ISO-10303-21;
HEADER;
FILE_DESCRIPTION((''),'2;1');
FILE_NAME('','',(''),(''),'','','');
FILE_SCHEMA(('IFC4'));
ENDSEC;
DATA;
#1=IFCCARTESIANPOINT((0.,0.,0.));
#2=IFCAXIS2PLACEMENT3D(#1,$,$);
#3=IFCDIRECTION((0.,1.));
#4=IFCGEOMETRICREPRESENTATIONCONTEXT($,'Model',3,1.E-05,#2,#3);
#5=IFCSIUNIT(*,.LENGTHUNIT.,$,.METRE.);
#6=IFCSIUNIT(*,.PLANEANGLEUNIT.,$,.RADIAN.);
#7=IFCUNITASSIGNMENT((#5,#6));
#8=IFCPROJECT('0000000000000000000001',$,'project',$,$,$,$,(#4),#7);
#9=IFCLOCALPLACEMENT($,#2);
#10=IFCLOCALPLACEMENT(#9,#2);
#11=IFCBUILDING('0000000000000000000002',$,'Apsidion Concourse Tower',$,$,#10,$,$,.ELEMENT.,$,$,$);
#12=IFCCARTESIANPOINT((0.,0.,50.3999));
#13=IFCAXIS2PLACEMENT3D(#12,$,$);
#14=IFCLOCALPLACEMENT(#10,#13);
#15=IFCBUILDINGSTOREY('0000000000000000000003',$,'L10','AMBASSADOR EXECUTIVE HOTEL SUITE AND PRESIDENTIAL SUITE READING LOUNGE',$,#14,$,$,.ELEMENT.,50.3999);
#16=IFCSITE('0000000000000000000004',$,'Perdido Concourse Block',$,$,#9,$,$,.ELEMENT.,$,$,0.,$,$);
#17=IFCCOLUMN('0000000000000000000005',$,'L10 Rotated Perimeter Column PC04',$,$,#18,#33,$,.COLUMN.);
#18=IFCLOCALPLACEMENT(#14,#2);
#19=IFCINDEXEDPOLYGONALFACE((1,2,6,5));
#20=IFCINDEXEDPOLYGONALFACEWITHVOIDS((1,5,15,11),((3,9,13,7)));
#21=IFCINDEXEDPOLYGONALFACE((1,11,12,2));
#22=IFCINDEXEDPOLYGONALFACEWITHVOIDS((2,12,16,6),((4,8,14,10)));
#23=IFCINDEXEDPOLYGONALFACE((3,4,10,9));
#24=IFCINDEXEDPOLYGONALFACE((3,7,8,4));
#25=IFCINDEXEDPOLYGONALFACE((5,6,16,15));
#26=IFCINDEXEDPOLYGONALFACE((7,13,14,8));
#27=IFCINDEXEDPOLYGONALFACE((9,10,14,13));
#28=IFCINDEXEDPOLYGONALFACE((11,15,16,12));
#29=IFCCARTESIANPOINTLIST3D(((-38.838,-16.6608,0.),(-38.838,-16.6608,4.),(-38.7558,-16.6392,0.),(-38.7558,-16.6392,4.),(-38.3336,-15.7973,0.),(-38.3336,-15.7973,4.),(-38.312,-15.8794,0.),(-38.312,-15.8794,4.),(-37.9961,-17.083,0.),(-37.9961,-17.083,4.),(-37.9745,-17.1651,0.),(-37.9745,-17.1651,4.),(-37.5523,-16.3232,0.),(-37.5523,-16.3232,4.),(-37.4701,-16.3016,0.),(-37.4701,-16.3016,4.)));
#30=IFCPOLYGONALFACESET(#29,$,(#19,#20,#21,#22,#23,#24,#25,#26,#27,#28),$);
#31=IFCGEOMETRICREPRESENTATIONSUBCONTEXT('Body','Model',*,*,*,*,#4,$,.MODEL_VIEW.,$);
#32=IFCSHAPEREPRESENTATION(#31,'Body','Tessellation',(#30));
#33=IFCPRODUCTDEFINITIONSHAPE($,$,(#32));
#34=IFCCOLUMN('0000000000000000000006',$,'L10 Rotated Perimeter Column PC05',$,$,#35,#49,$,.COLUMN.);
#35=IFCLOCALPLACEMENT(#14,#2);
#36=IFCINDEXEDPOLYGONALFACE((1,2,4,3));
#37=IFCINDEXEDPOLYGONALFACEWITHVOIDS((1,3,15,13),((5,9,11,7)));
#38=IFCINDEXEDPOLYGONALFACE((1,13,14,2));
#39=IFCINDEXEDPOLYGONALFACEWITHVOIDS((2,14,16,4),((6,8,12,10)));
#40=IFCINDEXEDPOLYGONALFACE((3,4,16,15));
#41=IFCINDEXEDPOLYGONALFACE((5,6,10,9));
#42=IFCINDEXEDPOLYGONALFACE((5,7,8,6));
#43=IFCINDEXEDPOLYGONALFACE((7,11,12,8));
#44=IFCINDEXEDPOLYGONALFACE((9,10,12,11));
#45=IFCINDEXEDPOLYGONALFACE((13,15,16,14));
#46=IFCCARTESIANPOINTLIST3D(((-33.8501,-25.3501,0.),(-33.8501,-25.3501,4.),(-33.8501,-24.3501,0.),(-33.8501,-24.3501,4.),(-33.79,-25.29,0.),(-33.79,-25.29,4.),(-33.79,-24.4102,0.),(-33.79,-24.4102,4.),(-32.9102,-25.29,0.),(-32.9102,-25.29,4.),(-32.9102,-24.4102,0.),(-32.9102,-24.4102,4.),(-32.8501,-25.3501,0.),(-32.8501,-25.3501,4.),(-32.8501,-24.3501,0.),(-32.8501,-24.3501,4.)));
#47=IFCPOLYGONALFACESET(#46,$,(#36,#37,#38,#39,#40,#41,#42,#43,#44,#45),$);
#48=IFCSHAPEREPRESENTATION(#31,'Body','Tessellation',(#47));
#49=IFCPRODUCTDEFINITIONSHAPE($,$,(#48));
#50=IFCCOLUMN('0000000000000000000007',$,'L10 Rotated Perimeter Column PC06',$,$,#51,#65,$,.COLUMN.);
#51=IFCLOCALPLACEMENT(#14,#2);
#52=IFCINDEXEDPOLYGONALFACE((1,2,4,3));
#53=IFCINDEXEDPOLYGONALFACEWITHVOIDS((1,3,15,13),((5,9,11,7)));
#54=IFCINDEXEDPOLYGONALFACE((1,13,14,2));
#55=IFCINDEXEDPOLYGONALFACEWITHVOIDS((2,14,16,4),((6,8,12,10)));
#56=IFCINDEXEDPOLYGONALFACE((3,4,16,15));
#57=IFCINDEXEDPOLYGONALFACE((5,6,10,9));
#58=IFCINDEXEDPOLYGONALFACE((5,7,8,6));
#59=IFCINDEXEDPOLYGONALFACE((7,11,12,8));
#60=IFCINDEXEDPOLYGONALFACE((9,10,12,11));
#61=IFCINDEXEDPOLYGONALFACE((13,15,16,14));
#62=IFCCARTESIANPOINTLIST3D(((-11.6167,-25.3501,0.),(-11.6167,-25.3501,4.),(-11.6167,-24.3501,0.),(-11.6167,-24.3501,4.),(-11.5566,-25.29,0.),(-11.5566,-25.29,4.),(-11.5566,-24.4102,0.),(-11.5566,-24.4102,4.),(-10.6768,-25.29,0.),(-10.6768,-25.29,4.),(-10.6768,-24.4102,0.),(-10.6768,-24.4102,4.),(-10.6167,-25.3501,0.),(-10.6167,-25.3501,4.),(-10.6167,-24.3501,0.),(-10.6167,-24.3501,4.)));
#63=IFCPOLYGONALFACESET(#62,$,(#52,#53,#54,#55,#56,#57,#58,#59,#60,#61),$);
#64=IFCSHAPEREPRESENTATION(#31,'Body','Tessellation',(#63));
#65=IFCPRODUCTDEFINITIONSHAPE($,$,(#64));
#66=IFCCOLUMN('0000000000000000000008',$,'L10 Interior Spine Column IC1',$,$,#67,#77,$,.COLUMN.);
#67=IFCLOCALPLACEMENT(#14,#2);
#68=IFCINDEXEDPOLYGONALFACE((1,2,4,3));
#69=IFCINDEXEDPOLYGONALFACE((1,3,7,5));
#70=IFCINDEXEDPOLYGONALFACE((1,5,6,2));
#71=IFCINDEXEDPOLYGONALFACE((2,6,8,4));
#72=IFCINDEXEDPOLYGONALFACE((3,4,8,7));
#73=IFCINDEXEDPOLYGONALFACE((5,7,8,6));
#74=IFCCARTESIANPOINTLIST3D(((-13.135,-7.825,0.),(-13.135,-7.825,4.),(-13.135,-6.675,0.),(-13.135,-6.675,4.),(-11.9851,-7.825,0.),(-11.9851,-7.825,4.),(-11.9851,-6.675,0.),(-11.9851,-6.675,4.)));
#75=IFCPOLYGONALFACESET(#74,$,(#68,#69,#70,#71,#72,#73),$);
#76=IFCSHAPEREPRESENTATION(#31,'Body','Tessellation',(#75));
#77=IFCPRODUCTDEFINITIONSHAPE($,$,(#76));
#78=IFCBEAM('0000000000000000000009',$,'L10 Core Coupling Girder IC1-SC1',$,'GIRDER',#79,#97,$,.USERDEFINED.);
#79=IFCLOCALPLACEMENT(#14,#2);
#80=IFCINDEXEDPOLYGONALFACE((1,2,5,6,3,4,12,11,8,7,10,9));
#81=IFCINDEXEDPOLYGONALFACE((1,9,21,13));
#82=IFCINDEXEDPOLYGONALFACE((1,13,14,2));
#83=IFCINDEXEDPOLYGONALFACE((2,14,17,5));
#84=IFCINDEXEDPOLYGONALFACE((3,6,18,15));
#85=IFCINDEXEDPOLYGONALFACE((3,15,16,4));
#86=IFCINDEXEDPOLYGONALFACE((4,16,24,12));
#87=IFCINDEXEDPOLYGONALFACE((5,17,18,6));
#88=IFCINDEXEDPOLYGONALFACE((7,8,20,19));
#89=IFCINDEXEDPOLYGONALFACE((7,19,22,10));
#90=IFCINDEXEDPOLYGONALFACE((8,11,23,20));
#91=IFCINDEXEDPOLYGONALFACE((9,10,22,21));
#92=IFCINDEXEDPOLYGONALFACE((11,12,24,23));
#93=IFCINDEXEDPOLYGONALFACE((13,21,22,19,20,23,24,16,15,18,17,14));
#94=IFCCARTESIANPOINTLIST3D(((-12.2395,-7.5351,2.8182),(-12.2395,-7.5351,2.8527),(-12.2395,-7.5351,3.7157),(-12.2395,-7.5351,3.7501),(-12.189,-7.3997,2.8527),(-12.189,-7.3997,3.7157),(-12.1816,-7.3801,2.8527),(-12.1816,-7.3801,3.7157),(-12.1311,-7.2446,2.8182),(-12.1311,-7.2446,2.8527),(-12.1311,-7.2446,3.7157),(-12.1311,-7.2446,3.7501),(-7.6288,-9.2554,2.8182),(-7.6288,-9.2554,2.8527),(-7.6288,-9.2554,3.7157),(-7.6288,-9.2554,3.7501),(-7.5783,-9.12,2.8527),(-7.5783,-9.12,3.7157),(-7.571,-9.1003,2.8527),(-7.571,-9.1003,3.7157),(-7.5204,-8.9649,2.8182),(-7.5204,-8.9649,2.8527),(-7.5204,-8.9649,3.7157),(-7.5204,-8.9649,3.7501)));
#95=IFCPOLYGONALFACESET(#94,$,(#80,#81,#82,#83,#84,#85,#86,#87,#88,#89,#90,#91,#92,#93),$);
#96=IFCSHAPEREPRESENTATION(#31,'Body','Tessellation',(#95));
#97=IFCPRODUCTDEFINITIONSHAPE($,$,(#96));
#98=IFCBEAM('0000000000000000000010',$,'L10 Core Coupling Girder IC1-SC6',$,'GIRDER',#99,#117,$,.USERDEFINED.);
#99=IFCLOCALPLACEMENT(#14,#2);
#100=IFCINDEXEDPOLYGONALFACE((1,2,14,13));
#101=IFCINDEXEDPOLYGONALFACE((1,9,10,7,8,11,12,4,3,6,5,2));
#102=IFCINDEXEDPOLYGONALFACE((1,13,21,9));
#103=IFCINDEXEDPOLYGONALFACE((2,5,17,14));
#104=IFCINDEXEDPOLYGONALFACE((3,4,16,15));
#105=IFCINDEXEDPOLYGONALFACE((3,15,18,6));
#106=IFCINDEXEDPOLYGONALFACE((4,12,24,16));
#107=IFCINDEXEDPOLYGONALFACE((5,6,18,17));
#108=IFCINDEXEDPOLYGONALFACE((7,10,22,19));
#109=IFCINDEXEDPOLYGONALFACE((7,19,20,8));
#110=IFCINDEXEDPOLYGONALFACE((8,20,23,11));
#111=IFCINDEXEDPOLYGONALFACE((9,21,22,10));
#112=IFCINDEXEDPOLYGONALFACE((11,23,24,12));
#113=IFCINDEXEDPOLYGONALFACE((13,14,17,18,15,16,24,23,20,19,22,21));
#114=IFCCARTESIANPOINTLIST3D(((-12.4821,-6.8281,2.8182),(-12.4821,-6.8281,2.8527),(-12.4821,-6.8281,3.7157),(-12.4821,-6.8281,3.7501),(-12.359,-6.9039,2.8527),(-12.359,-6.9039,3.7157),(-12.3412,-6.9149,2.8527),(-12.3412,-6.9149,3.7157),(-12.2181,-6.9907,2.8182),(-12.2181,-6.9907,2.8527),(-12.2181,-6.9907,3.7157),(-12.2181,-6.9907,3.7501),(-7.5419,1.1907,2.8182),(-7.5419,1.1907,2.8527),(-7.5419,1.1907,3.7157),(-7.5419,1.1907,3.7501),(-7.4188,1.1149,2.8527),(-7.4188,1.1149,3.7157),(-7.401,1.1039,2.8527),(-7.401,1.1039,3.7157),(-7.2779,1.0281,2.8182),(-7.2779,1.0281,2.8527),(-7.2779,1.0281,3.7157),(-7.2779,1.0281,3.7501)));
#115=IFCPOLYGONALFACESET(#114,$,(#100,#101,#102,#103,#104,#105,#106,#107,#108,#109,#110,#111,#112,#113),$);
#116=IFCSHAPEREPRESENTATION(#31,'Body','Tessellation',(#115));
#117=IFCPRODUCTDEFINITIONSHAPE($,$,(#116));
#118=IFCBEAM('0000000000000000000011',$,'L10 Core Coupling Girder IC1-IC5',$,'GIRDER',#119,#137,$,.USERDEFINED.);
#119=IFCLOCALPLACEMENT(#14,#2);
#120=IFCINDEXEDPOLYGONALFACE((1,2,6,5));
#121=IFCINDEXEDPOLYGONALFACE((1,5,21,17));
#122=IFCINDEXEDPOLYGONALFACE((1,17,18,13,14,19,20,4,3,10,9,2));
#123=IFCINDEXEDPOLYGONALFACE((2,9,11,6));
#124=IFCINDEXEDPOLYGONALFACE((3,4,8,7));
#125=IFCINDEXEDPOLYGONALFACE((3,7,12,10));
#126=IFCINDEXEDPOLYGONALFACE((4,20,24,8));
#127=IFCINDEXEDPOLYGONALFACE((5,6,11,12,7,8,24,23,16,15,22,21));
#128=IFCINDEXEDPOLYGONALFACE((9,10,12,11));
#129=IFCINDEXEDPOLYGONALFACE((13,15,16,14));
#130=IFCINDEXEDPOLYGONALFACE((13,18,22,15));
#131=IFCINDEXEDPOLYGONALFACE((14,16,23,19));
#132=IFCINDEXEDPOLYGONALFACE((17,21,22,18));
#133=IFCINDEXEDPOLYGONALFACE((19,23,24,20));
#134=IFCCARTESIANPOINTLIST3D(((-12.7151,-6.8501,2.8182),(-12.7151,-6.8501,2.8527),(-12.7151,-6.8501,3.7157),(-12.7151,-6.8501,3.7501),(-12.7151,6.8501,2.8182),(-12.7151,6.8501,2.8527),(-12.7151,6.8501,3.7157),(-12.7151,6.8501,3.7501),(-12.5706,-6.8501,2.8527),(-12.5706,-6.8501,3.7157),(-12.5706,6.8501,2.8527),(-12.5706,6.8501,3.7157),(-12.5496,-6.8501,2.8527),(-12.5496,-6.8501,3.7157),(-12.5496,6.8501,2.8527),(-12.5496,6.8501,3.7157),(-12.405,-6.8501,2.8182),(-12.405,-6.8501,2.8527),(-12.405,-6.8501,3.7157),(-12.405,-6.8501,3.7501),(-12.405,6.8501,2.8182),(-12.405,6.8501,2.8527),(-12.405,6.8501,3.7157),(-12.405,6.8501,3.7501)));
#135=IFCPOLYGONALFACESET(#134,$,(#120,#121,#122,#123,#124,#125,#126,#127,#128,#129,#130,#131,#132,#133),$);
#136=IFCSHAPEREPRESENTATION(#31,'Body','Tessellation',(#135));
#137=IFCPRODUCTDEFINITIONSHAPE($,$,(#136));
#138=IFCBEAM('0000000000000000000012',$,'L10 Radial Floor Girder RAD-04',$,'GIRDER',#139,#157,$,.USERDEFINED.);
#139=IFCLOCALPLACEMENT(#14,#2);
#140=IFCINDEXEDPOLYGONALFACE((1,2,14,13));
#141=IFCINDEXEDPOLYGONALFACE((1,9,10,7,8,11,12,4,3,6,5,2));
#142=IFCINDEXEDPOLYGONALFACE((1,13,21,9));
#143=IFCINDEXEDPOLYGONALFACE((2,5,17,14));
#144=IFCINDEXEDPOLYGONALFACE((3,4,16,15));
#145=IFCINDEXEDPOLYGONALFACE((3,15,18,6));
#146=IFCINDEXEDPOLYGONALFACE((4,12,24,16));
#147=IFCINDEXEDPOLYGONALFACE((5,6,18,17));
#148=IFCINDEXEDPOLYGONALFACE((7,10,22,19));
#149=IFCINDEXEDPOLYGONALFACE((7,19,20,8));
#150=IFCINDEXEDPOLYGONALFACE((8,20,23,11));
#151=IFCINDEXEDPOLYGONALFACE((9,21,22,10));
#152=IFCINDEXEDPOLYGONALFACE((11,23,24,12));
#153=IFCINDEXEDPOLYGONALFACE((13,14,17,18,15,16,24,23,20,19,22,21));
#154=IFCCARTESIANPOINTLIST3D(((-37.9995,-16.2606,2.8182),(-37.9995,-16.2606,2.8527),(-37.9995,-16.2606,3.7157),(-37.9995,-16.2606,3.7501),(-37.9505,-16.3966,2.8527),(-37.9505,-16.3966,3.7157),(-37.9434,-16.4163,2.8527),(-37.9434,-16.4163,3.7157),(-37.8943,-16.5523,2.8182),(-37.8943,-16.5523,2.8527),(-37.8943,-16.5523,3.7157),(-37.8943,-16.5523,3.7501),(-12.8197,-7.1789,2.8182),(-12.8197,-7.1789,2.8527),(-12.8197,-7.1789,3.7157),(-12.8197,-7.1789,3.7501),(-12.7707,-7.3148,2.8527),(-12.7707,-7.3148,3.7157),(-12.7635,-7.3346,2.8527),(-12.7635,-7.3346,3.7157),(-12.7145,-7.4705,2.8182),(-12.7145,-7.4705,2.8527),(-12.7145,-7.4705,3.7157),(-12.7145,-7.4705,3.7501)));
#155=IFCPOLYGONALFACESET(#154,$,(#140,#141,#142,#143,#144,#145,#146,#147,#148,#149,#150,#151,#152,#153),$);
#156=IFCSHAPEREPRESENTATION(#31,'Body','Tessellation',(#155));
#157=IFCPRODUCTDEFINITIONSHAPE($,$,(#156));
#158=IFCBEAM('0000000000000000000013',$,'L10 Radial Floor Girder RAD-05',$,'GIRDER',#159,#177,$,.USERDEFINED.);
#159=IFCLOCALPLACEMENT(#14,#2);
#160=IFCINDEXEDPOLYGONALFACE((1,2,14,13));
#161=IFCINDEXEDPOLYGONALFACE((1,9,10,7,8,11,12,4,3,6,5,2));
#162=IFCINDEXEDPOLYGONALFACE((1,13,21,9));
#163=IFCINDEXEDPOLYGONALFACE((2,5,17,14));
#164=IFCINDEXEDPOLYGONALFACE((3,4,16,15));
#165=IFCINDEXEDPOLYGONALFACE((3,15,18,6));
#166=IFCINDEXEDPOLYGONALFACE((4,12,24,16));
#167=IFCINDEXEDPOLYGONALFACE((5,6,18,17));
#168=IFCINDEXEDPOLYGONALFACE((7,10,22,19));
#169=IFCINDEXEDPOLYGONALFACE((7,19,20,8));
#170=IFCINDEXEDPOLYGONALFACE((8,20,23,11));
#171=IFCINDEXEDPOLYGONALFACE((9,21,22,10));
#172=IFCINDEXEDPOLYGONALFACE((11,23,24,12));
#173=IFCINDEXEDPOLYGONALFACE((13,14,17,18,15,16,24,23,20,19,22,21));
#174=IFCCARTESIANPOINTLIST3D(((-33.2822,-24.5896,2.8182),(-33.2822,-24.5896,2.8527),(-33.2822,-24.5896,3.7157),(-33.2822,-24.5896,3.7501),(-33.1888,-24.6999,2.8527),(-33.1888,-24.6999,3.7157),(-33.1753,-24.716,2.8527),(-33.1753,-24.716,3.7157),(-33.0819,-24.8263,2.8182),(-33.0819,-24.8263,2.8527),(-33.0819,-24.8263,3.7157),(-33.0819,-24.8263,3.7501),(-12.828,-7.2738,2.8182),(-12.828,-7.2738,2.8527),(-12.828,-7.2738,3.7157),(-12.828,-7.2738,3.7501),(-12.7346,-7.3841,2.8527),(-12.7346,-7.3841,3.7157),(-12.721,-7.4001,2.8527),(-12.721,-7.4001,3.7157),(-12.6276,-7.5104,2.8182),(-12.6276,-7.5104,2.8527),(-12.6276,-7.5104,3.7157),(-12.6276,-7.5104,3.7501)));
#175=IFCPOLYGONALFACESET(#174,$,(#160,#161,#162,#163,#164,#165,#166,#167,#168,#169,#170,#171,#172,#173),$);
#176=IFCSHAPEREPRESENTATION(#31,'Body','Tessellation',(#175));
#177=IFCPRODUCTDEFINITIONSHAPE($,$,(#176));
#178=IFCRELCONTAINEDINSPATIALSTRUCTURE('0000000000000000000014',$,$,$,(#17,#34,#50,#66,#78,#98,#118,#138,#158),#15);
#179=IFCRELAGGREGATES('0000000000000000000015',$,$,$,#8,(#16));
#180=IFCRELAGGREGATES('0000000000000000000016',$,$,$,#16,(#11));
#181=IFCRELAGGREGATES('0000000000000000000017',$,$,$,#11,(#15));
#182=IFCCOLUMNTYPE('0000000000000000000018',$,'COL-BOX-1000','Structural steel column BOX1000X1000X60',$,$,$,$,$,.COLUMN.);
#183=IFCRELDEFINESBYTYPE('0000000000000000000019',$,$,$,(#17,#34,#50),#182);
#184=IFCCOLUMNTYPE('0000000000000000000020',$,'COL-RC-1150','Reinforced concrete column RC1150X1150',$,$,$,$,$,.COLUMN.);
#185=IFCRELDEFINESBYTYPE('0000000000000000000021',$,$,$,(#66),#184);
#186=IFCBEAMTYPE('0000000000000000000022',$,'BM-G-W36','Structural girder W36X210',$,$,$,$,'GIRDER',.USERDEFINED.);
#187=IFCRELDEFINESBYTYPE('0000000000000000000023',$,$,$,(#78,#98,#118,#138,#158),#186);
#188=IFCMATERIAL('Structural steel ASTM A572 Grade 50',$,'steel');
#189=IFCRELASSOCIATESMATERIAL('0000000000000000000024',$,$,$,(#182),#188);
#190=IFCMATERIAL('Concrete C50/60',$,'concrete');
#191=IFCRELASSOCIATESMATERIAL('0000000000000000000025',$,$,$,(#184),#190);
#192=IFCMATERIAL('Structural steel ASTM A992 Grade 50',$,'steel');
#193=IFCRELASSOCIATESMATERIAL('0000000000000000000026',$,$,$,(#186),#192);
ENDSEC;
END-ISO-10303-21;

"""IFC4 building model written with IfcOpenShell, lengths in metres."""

from ifc_helpers import new_model, si_unit, direction, frame, origin, origin_2d, place, context, subcontext, project, spatial, rectangle, hollow_rectangle, i_section, extrude, material, material_profile, profile_set, type_object, element, save


model = new_model("IFC4")

# Units and contexts
model_context = context("Model", 3, precision=1e-05, world=origin(), true_north=direction((0.0, 1.0)))
body_context = subcontext(model_context, "Body", "Model", "MODEL_VIEW")
ifc_project = project(units=[si_unit("LENGTHUNIT", "METRE"), si_unit("PLANEANGLEUNIT", "RADIAN")], contexts=[model_context])

# Site, building, storey
site_placement = place(None, origin())
site = spatial("IfcSite", under=ifc_project, at=site_placement, Name="Perdido Concourse Block", CompositionType="ELEMENT", RefElevation=0.0)
building_placement = place(site_placement, origin())
building = spatial("IfcBuilding", under=site, at=building_placement, Name="Apsidion Concourse Tower", CompositionType="ELEMENT")
storey_placement = place(building_placement, frame((0.0, 0.0, 50.3999)))
storey = spatial("IfcBuildingStorey", under=building, at=storey_placement, Name="L10", Description="AMBASSADOR EXECUTIVE HOTEL SUITE AND PRESIDENTIAL SUITE READING LOUNGE", CompositionType="ELEMENT", Elevation=50.3999)

# Columns
ifc_material_1 = material(Name="Structural steel ASTM A572 Grade 50", Category="steel")
ifc_material_profile_1 = material_profile(ifc_material_1, hollow_rectangle(XDim=1.0, YDim=1.0, WallThickness=0.0601, at=origin_2d()), Name="BOX1000X1000X60")
ifc_profile_set_1 = profile_set([ifc_material_profile_1], Name="Structural steel ASTM A572 Grade 50")
column_type_1 = type_object("IfcColumnType", Name="COL-BOX-1000", Description="Structural steel column BOX1000X1000X60", PredefinedType="COLUMN", material=ifc_profile_set_1)
for number, where, z_axis, x_axis, name in (
    (1, (-38.1541, -16.4812, 0.0), (0.0, 0.0, 1.0), (0.504377, 0.863484, 0.0), "L10 Rotated Perimeter Column PC04"),
    (2, (-33.3501, -24.8501, 0.0), (0.0, 0.0, 1.0), (1.0, 0.0, 0.0), "L10 Rotated Perimeter Column PC05"),
    (3, (-11.1167, -24.8501, 0.0), (0.0, 0.0, 1.0), (1.0, 0.0, 0.0), "L10 Rotated Perimeter Column PC06"),
):
    element("IfcColumn", number, at=place(storey_placement, frame(where, z_axis=z_axis, x_axis=x_axis)), inside=storey, type_object=column_type_1, Name=name, PredefinedType="COLUMN", context=body_context, shape_type="SweptSolid", body=[
        extrude(hollow_rectangle(XDim=1.0, YDim=1.0, WallThickness=0.0601, at=origin_2d()), origin(), (0.0, 0.0, 1.0), 4.0),
    ])
ifc_material_2 = material(Name="Concrete C50/60", Category="concrete")
ifc_material_profile_2 = material_profile(ifc_material_2, rectangle(XDim=1.1499, YDim=1.1499, at=origin_2d()), Name="RC 1150x1150")
ifc_profile_set_2 = profile_set([ifc_material_profile_2], Name="Concrete C50/60")
column_type_2 = type_object("IfcColumnType", Name="COL-RC-1150", Description="Reinforced concrete column RC1150X1150", PredefinedType="COLUMN", material=ifc_profile_set_2)
column_placement = place(storey_placement, frame((-12.5601, -7.25, 0.0), z_axis=(0.0, 0.0, 1.0), x_axis=(1.0, 0.0, 0.0)))
element("IfcColumn", 4, at=column_placement, inside=storey, type_object=column_type_2, Name="L10 Interior Spine Column IC1", PredefinedType="COLUMN", context=body_context, shape_type="SweptSolid", body=[
    extrude(rectangle(XDim=1.1499, YDim=1.1499, at=origin_2d()), origin(), (0.0, 0.0, 1.0), 4.0),
])

# Beams
ifc_material_3 = material(Name="Structural steel ASTM A992 Grade 50", Category="steel")
ifc_material_profile_3 = material_profile(ifc_material_3, i_section(OverallWidth=0.3101, OverallDepth=0.9319, WebThickness=0.021, FlangeThickness=0.0344, at=origin_2d()), Name="W36X210")
ifc_profile_set_3 = profile_set([ifc_material_profile_3], Name="Structural steel ASTM A992 Grade 50")
beam_type_1 = type_object("IfcBeamType", Name="BM-G-W36", Description="Structural girder W36X210", ElementType="GIRDER", PredefinedType="USERDEFINED", material=ifc_profile_set_3)
beam_1_placement = place(storey_placement, frame((-12.1853, -7.3899, 3.2842), z_axis=(0.936913, -0.349563, 0.0), x_axis=(0.349563, 0.936913, 0.0)))
element("IfcBeam", 5, at=beam_1_placement, inside=storey, type_object=beam_type_1, Name="L10 Core Coupling Girder IC1-SC1", ObjectType="GIRDER", PredefinedType="USERDEFINED", context=body_context, shape_type="SweptSolid", body=[
    extrude(i_section(OverallWidth=0.3101, OverallDepth=0.9319, WebThickness=0.021, FlangeThickness=0.0344, at=origin_2d()), origin(), (0.0, 0.0, 1.0), 4.9211),
])
beam_2_placement = place(storey_placement, frame((-12.3501, -6.9094, 3.2842), z_axis=(0.524524, 0.851396, 0.0), x_axis=(-0.851396, 0.524524, 0.0)))
element("IfcBeam", 6, at=beam_2_placement, inside=storey, type_object=beam_type_1, Name="L10 Core Coupling Girder IC1-SC6", ObjectType="GIRDER", PredefinedType="USERDEFINED", context=body_context, shape_type="SweptSolid", body=[
    extrude(i_section(OverallWidth=0.3101, OverallDepth=0.9319, WebThickness=0.021, FlangeThickness=0.0344, at=origin_2d()), origin(), (0.0, 0.0, 1.0), 9.4185),
])
beam_3_placement = place(storey_placement, frame((-12.5601, -6.8501, 3.2842), z_axis=(0.0, 1.0, 0.0), x_axis=(-1.0, 0.0, 0.0)))
element("IfcBeam", 7, at=beam_3_placement, inside=storey, type_object=beam_type_1, Name="L10 Core Coupling Girder IC1-IC5", ObjectType="GIRDER", PredefinedType="USERDEFINED", context=body_context, shape_type="SweptSolid", body=[
    extrude(i_section(OverallWidth=0.3101, OverallDepth=0.9319, WebThickness=0.021, FlangeThickness=0.0344, at=origin_2d()), origin(), (0.0, 0.0, 1.0), 13.7002),
])
beam_4_placement = place(storey_placement, frame((-12.7671, -7.3247, 3.2842), z_axis=(-0.940685, -0.339282, 0.0), x_axis=(0.339282, -0.940685, 0.0)))
element("IfcBeam", 8, at=beam_4_placement, inside=storey, type_object=beam_type_1, Name="L10 Radial Floor Girder RAD-04", ObjectType="GIRDER", PredefinedType="USERDEFINED", context=body_context, shape_type="SweptSolid", body=[
    extrude(i_section(OverallWidth=0.3101, OverallDepth=0.9319, WebThickness=0.021, FlangeThickness=0.0344, at=origin_2d()), origin(), (0.0, 0.0, 1.0), 26.7676),
])
beam_5_placement = place(storey_placement, frame((-12.7278, -7.3921, 3.2842), z_axis=(-0.763232, -0.646125, 0.0), x_axis=(0.646125, -0.763232, 0.0)))
element("IfcBeam", 9, at=beam_5_placement, inside=storey, type_object=beam_type_1, Name="L10 Radial Floor Girder RAD-05", ObjectType="GIRDER", PredefinedType="USERDEFINED", context=body_context, shape_type="SweptSolid", body=[
    extrude(i_section(OverallWidth=0.3101, OverallDepth=0.9319, WebThickness=0.021, FlangeThickness=0.0344, at=origin_2d()), origin(), (0.0, 0.0, 1.0), 26.7996),
])

save(model, "model.ifc")
